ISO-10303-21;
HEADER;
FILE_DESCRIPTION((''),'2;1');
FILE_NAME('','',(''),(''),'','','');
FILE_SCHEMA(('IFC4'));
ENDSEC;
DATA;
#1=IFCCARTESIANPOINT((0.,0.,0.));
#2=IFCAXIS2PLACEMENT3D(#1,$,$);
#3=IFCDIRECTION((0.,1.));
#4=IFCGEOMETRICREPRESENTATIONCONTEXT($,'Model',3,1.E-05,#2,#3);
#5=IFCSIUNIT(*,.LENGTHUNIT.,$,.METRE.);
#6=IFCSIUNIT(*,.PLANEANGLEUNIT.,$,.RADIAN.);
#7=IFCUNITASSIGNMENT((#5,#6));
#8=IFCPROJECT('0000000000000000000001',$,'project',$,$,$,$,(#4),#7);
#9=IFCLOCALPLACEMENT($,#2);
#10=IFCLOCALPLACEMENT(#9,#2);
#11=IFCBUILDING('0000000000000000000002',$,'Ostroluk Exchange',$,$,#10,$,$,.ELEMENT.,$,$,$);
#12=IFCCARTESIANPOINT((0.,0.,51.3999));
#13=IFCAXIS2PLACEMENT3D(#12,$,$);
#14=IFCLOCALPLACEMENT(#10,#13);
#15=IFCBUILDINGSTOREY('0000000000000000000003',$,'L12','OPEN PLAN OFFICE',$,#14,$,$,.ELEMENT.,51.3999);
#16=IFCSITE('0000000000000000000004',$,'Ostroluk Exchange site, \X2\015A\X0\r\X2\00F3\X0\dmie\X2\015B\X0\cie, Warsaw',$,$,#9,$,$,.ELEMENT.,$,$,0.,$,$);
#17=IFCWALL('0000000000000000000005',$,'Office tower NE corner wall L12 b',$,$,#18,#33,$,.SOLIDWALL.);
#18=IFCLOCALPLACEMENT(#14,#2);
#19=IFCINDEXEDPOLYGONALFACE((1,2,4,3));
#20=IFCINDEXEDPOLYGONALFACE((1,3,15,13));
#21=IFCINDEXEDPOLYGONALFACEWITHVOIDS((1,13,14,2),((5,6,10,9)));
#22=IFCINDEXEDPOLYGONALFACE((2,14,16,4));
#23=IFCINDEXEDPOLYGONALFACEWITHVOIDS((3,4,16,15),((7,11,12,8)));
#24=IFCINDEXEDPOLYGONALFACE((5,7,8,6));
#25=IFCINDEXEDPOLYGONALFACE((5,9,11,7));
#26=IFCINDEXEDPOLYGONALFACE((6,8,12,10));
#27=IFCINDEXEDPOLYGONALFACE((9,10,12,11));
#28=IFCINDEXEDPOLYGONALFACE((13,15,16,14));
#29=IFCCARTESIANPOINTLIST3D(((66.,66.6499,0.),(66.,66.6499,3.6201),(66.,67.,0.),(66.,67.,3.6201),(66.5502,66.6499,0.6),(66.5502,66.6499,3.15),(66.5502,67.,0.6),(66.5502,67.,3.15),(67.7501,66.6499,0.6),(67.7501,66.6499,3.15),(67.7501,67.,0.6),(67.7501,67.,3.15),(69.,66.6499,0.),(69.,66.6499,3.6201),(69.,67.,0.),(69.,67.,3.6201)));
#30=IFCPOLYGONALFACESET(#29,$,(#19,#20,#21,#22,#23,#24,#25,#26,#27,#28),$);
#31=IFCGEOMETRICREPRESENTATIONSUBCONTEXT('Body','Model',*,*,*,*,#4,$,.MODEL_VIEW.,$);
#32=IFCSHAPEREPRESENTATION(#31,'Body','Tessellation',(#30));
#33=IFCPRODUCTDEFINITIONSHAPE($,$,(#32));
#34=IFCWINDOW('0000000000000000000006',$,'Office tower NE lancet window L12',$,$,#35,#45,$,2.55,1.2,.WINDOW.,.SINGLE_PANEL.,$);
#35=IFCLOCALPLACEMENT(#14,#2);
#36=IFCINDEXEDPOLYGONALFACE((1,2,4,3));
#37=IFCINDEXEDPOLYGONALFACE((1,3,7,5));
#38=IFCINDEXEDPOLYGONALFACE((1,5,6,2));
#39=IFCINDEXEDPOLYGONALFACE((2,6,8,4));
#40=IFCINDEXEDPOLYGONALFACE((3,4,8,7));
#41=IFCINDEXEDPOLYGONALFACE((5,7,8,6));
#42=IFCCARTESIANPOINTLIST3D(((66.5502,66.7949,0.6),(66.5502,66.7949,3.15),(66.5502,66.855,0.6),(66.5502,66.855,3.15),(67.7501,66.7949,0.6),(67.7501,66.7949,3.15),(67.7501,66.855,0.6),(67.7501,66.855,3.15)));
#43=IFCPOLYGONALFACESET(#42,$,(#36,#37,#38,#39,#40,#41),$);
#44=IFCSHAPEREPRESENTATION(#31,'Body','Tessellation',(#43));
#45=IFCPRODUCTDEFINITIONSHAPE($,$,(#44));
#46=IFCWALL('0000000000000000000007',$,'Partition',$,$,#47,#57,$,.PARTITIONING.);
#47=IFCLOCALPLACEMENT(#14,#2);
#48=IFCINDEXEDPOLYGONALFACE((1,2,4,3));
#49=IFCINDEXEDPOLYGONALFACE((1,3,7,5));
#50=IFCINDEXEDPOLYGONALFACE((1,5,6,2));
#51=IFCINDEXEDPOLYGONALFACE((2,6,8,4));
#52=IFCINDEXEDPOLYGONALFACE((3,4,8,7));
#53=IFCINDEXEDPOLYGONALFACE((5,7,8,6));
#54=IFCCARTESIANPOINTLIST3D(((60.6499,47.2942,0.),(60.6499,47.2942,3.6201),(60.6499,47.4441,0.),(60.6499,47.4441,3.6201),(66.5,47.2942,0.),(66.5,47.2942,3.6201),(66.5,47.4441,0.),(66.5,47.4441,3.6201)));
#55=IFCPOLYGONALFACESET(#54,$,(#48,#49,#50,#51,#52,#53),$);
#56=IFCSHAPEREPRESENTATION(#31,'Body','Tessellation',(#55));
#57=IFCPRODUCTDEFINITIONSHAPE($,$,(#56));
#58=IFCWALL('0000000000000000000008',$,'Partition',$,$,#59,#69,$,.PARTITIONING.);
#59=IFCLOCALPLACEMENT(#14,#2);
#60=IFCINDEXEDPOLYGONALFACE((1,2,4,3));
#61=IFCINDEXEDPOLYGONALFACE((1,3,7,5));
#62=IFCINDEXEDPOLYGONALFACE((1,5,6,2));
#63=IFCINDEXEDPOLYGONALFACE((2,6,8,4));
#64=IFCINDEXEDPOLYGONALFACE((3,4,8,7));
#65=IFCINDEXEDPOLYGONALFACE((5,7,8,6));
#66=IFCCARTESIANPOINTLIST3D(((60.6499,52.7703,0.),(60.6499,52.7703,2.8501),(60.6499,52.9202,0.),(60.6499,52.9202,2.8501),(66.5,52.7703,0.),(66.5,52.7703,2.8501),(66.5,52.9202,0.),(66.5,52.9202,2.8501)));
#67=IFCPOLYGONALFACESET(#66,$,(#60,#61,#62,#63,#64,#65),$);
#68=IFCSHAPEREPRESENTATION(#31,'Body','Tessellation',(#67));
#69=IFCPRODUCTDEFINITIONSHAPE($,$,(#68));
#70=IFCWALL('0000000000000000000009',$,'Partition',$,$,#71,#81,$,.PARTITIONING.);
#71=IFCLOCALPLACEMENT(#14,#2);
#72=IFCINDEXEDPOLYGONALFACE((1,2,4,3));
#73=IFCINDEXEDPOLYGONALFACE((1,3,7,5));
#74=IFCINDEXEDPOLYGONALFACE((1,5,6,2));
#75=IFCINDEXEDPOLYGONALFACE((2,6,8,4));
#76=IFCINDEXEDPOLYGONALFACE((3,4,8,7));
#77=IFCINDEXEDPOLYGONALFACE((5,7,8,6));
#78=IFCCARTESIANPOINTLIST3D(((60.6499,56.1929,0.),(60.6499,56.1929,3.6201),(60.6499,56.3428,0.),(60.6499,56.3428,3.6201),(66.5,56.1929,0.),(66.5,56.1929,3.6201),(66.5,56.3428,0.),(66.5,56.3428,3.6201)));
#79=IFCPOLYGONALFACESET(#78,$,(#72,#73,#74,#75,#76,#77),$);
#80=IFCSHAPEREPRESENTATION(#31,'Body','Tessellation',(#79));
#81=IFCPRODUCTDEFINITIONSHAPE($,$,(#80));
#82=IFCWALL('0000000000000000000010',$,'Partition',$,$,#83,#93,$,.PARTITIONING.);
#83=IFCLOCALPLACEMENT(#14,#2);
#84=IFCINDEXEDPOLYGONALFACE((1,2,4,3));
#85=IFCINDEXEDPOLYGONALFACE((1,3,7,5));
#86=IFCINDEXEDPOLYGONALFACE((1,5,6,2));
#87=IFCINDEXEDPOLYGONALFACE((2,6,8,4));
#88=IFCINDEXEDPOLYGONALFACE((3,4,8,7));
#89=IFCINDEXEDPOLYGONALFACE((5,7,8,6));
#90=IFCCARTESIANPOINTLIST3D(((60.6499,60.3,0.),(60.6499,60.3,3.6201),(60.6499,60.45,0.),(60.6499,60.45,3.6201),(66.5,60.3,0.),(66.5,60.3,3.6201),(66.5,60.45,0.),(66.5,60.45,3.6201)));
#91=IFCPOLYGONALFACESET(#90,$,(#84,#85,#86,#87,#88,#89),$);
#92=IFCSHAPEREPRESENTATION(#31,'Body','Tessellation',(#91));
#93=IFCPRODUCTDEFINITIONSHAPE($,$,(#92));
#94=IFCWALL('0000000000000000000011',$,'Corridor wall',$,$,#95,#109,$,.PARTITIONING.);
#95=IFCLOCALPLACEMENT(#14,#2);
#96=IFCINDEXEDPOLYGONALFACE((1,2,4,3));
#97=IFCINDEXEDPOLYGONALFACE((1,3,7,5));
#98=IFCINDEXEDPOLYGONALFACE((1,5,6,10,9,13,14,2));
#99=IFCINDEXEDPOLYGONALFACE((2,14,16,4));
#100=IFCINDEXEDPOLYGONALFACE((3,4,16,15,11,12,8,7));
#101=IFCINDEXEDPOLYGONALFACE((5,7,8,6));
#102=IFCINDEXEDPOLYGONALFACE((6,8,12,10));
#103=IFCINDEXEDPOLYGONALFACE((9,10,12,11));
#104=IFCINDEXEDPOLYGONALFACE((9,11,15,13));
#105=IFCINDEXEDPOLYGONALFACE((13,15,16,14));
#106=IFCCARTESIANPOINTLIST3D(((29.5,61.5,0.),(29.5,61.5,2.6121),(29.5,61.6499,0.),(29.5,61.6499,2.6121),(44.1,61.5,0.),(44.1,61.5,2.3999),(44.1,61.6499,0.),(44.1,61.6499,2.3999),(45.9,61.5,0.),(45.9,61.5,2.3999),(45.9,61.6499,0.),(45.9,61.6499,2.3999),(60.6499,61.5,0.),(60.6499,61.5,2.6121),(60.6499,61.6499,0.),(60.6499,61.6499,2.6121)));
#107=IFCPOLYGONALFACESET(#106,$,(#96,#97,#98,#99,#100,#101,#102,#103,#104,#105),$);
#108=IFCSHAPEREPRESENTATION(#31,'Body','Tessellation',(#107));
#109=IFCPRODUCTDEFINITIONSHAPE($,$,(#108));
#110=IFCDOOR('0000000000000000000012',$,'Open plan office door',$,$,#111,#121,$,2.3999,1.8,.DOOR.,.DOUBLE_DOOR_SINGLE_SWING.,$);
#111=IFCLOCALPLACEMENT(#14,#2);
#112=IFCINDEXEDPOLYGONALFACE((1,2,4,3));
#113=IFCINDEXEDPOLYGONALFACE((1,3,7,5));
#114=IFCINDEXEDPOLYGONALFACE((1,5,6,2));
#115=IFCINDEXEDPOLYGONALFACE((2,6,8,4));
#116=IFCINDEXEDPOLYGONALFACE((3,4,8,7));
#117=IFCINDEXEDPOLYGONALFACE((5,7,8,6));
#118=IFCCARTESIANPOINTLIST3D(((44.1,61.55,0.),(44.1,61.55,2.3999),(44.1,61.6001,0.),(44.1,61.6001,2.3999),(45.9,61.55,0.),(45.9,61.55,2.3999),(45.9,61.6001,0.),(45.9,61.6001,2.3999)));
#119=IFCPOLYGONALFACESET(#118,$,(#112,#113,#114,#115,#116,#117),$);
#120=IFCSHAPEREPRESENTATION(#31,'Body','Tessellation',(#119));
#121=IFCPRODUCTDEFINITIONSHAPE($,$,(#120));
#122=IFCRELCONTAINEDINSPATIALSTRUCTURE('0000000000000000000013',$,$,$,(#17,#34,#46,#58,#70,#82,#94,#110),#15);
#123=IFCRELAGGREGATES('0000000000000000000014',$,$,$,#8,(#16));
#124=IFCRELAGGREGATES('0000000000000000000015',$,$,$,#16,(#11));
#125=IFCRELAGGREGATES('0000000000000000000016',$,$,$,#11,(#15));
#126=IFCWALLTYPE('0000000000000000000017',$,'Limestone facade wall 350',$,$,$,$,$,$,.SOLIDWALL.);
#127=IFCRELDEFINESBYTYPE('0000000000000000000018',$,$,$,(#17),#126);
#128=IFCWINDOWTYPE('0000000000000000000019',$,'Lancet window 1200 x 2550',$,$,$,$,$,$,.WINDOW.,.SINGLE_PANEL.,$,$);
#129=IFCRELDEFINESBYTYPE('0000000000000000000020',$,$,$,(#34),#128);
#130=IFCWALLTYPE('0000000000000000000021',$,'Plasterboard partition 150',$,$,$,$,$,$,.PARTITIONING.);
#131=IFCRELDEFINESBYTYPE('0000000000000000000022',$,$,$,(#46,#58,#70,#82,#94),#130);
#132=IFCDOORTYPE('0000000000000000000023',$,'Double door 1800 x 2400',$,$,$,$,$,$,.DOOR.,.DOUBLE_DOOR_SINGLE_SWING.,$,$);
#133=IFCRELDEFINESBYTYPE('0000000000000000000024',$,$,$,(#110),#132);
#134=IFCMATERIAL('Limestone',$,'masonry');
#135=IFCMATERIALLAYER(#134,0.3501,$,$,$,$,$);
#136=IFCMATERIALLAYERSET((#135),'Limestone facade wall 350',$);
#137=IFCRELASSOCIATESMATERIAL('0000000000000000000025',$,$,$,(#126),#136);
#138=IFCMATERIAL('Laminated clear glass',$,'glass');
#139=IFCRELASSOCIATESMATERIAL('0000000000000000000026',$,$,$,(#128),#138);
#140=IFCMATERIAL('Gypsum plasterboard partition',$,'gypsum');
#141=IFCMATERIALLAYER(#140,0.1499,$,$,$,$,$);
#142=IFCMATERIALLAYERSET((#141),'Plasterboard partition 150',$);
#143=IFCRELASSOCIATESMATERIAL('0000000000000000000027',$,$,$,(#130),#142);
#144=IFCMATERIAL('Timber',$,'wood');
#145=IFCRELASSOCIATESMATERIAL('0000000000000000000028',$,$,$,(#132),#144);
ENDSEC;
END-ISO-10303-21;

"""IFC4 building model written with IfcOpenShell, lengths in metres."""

from ifc_helpers import new_model, si_unit, direction, frame, frame_2d, origin, place, context, subcontext, project, spatial, rectangle, extrude, material, layer, layer_set, type_object, element, fill, save


model = new_model("IFC4")

# Units and contexts
model_context = context("Model", 3, precision=1e-05, world=origin(), true_north=direction((0.0, 1.0)))
body_context = subcontext(model_context, "Body", "Model", "MODEL_VIEW")
ifc_project = project(units=[si_unit("LENGTHUNIT", "METRE"), si_unit("PLANEANGLEUNIT", "RADIAN")], contexts=[model_context])

# Site, building, storey
site_placement = place(None, origin())
site = spatial("IfcSite", under=ifc_project, at=site_placement, Name="Ostroluk Exchange site, Śródmieście, Warsaw", CompositionType="ELEMENT", RefElevation=0.0)
building_placement = place(site_placement, origin())
building = spatial("IfcBuilding", under=site, at=building_placement, Name="Ostroluk Exchange", CompositionType="ELEMENT")
storey_placement = place(building_placement, frame((0.0, 0.0, 51.3999)))
storey = spatial("IfcBuildingStorey", under=building, at=storey_placement, Name="L12", Description="OPEN PLAN OFFICE", CompositionType="ELEMENT", Elevation=51.3999)

# Wall, opening, window
ifc_material_1 = material(Name="Limestone", Category="masonry")
ifc_layer_1 = layer(ifc_material_1, 0.3501)
ifc_layer_set_1 = layer_set([ifc_layer_1], Name="Limestone facade wall 350")
wall_type_1 = type_object("IfcWallType", Name="Limestone facade wall 350", PredefinedType="SOLIDWALL", material=ifc_layer_set_1)
wall_1_placement = place(storey_placement, frame((66.0, 66.825, 0.0), z_axis=(0.0, 0.0, 1.0), x_axis=(1.0, 0.0, 0.0)))
wall_1 = element("IfcWall", 1, at=wall_1_placement, inside=storey, type_object=wall_type_1, Name="Office tower NE corner wall L12 b", PredefinedType="SOLIDWALL", context=body_context, shape_type="SweptSolid", body=[
    extrude(rectangle(XDim=3.0, YDim=0.3501, at=frame_2d((1.5, 0.0))), origin(), (0.0, 0.0, 1.0), 3.6201),
])
opening_1_placement = place(wall_1_placement, frame((0.55, 0.0, 0.6001)))
opening_1 = element("IfcOpeningElement", 2, at=opening_1_placement, cuts=wall_1, PredefinedType="OPENING", context=body_context, shape_type="SweptSolid", body=[
    extrude(rectangle(XDim=1.2, YDim=2.55, at=frame_2d((0.6001, 1.2749))), frame((0.0, 0.1851, 0.0), z_axis=(0.0, -1.0, 0.0), x_axis=(1.0, 0.0, 0.0)), (0.0, 0.0, 1.0), 0.3701),
])
ifc_material_2 = material(Name="Laminated clear glass", Category="glass")
window_type = type_object("IfcWindowType", Name="Lancet window 1200 x 2550", PartitioningType="SINGLE_PANEL", PredefinedType="WINDOW", material=ifc_material_2)
window_placement = place(opening_1_placement, origin())
window = element("IfcWindow", 3, at=window_placement, inside=storey, type_object=window_type, Name="Office tower NE lancet window L12", OverallHeight=2.55, OverallWidth=1.2, PartitioningType="SINGLE_PANEL", PredefinedType="WINDOW", context=body_context, shape_type="SweptSolid", body=[
    extrude(rectangle(XDim=1.2, YDim=2.55, at=frame_2d((0.6001, 1.2749))), frame((0.0, 0.03, 0.0), z_axis=(0.0, -1.0, 0.0), x_axis=(1.0, 0.0, 0.0)), (0.0, 0.0, 1.0), 0.0601),
])
fill(opening_1, window)

# Walls
ifc_material_3 = material(Name="Gypsum plasterboard partition", Category="gypsum")
ifc_layer_2 = layer(ifc_material_3, 0.1499)
ifc_layer_set_2 = layer_set([ifc_layer_2], Name="Plasterboard partition 150")
wall_type_2 = type_object("IfcWallType", Name="Plasterboard partition 150", PredefinedType="PARTITIONING", material=ifc_layer_set_2)
wall_2_placement = place(storey_placement, frame((60.6499, 47.3691, 0.0), z_axis=(0.0, 0.0, 1.0), x_axis=(1.0, 0.0, 0.0)))
element("IfcWall", 4, at=wall_2_placement, inside=storey, type_object=wall_type_2, Name="Partition", PredefinedType="PARTITIONING", context=body_context, shape_type="SweptSolid", body=[
    extrude(rectangle(XDim=5.8501, YDim=0.1499, at=frame_2d((2.925, 0.0))), origin(), (0.0, 0.0, 1.0), 3.6201),
])
wall_3_placement = place(storey_placement, frame((60.6499, 52.8452, 0.0), z_axis=(0.0, 0.0, 1.0), x_axis=(1.0, 0.0, 0.0)))
element("IfcWall", 5, at=wall_3_placement, inside=storey, type_object=wall_type_2, Name="Partition", PredefinedType="PARTITIONING", context=body_context, shape_type="SweptSolid", body=[
    extrude(rectangle(XDim=5.8501, YDim=0.1499, at=frame_2d((2.925, 0.0))), origin(), (0.0, 0.0, 1.0), 2.8501),
])
for number, where, z_axis, x_axis, name in (
    (6, (60.6499, 56.2678, 0.0), (0.0, 0.0, 1.0), (1.0, 0.0, 0.0), "Partition"),
    (7, (60.6499, 60.375, 0.0), (0.0, 0.0, 1.0), (1.0, 0.0, 0.0), "Partition"),
):
    element("IfcWall", number, at=place(storey_placement, frame(where, z_axis=z_axis, x_axis=x_axis)), inside=storey, type_object=wall_type_2, Name=name, PredefinedType="PARTITIONING", context=body_context, shape_type="SweptSolid", body=[
        extrude(rectangle(XDim=5.8501, YDim=0.1499, at=frame_2d((2.925, 0.0))), origin(), (0.0, 0.0, 1.0), 3.6201),
    ])

# Wall, opening, door
wall_4_placement = place(storey_placement, frame((60.6499, 61.575, 0.0), z_axis=(0.0, 0.0, 1.0), x_axis=(-1.0, 0.0, 0.0)))
wall_4 = element("IfcWall", 8, at=wall_4_placement, inside=storey, type_object=wall_type_2, Name="Corridor wall", PredefinedType="PARTITIONING", context=body_context, shape_type="SweptSolid", body=[
    extrude(rectangle(XDim=31.1499, YDim=0.1499, at=frame_2d((15.575, 0.0))), origin(), (0.0, 0.0, 1.0), 2.6121),
])
opening_2_placement = place(wall_4_placement, frame((14.75, 0.0, 0.0)))
opening_2 = element("IfcOpeningElement", 9, at=opening_2_placement, cuts=wall_4, PredefinedType="OPENING", context=body_context, shape_type="SweptSolid", body=[
    extrude(rectangle(XDim=1.8, YDim=2.3999, at=frame_2d((0.8999, 1.2))), frame((0.0, 0.085, 0.0), z_axis=(0.0, -1.0, 0.0), x_axis=(1.0, 0.0, 0.0)), (0.0, 0.0, 1.0), 0.1699),
])
ifc_material_4 = material(Name="Timber", Category="wood")
door_type = type_object("IfcDoorType", Name="Double door 1800 x 2400", OperationType="DOUBLE_DOOR_SINGLE_SWING", PredefinedType="DOOR", material=ifc_material_4)
door_placement = place(opening_2_placement, origin())
door = element("IfcDoor", 10, at=door_placement, inside=storey, type_object=door_type, Name="Open plan office door", OperationType="DOUBLE_DOOR_SINGLE_SWING", OverallHeight=2.3999, OverallWidth=1.8, PredefinedType="DOOR", context=body_context, shape_type="SweptSolid", body=[
    extrude(rectangle(XDim=1.8, YDim=2.3999, at=frame_2d((0.8999, 1.2))), frame((0.0, 0.0249, 0.0), z_axis=(0.0, -1.0, 0.0), x_axis=(1.0, 0.0, 0.0)), (0.0, 0.0, 1.0), 0.05),
])
fill(opening_2, door)

save(model, "model.ifc")
